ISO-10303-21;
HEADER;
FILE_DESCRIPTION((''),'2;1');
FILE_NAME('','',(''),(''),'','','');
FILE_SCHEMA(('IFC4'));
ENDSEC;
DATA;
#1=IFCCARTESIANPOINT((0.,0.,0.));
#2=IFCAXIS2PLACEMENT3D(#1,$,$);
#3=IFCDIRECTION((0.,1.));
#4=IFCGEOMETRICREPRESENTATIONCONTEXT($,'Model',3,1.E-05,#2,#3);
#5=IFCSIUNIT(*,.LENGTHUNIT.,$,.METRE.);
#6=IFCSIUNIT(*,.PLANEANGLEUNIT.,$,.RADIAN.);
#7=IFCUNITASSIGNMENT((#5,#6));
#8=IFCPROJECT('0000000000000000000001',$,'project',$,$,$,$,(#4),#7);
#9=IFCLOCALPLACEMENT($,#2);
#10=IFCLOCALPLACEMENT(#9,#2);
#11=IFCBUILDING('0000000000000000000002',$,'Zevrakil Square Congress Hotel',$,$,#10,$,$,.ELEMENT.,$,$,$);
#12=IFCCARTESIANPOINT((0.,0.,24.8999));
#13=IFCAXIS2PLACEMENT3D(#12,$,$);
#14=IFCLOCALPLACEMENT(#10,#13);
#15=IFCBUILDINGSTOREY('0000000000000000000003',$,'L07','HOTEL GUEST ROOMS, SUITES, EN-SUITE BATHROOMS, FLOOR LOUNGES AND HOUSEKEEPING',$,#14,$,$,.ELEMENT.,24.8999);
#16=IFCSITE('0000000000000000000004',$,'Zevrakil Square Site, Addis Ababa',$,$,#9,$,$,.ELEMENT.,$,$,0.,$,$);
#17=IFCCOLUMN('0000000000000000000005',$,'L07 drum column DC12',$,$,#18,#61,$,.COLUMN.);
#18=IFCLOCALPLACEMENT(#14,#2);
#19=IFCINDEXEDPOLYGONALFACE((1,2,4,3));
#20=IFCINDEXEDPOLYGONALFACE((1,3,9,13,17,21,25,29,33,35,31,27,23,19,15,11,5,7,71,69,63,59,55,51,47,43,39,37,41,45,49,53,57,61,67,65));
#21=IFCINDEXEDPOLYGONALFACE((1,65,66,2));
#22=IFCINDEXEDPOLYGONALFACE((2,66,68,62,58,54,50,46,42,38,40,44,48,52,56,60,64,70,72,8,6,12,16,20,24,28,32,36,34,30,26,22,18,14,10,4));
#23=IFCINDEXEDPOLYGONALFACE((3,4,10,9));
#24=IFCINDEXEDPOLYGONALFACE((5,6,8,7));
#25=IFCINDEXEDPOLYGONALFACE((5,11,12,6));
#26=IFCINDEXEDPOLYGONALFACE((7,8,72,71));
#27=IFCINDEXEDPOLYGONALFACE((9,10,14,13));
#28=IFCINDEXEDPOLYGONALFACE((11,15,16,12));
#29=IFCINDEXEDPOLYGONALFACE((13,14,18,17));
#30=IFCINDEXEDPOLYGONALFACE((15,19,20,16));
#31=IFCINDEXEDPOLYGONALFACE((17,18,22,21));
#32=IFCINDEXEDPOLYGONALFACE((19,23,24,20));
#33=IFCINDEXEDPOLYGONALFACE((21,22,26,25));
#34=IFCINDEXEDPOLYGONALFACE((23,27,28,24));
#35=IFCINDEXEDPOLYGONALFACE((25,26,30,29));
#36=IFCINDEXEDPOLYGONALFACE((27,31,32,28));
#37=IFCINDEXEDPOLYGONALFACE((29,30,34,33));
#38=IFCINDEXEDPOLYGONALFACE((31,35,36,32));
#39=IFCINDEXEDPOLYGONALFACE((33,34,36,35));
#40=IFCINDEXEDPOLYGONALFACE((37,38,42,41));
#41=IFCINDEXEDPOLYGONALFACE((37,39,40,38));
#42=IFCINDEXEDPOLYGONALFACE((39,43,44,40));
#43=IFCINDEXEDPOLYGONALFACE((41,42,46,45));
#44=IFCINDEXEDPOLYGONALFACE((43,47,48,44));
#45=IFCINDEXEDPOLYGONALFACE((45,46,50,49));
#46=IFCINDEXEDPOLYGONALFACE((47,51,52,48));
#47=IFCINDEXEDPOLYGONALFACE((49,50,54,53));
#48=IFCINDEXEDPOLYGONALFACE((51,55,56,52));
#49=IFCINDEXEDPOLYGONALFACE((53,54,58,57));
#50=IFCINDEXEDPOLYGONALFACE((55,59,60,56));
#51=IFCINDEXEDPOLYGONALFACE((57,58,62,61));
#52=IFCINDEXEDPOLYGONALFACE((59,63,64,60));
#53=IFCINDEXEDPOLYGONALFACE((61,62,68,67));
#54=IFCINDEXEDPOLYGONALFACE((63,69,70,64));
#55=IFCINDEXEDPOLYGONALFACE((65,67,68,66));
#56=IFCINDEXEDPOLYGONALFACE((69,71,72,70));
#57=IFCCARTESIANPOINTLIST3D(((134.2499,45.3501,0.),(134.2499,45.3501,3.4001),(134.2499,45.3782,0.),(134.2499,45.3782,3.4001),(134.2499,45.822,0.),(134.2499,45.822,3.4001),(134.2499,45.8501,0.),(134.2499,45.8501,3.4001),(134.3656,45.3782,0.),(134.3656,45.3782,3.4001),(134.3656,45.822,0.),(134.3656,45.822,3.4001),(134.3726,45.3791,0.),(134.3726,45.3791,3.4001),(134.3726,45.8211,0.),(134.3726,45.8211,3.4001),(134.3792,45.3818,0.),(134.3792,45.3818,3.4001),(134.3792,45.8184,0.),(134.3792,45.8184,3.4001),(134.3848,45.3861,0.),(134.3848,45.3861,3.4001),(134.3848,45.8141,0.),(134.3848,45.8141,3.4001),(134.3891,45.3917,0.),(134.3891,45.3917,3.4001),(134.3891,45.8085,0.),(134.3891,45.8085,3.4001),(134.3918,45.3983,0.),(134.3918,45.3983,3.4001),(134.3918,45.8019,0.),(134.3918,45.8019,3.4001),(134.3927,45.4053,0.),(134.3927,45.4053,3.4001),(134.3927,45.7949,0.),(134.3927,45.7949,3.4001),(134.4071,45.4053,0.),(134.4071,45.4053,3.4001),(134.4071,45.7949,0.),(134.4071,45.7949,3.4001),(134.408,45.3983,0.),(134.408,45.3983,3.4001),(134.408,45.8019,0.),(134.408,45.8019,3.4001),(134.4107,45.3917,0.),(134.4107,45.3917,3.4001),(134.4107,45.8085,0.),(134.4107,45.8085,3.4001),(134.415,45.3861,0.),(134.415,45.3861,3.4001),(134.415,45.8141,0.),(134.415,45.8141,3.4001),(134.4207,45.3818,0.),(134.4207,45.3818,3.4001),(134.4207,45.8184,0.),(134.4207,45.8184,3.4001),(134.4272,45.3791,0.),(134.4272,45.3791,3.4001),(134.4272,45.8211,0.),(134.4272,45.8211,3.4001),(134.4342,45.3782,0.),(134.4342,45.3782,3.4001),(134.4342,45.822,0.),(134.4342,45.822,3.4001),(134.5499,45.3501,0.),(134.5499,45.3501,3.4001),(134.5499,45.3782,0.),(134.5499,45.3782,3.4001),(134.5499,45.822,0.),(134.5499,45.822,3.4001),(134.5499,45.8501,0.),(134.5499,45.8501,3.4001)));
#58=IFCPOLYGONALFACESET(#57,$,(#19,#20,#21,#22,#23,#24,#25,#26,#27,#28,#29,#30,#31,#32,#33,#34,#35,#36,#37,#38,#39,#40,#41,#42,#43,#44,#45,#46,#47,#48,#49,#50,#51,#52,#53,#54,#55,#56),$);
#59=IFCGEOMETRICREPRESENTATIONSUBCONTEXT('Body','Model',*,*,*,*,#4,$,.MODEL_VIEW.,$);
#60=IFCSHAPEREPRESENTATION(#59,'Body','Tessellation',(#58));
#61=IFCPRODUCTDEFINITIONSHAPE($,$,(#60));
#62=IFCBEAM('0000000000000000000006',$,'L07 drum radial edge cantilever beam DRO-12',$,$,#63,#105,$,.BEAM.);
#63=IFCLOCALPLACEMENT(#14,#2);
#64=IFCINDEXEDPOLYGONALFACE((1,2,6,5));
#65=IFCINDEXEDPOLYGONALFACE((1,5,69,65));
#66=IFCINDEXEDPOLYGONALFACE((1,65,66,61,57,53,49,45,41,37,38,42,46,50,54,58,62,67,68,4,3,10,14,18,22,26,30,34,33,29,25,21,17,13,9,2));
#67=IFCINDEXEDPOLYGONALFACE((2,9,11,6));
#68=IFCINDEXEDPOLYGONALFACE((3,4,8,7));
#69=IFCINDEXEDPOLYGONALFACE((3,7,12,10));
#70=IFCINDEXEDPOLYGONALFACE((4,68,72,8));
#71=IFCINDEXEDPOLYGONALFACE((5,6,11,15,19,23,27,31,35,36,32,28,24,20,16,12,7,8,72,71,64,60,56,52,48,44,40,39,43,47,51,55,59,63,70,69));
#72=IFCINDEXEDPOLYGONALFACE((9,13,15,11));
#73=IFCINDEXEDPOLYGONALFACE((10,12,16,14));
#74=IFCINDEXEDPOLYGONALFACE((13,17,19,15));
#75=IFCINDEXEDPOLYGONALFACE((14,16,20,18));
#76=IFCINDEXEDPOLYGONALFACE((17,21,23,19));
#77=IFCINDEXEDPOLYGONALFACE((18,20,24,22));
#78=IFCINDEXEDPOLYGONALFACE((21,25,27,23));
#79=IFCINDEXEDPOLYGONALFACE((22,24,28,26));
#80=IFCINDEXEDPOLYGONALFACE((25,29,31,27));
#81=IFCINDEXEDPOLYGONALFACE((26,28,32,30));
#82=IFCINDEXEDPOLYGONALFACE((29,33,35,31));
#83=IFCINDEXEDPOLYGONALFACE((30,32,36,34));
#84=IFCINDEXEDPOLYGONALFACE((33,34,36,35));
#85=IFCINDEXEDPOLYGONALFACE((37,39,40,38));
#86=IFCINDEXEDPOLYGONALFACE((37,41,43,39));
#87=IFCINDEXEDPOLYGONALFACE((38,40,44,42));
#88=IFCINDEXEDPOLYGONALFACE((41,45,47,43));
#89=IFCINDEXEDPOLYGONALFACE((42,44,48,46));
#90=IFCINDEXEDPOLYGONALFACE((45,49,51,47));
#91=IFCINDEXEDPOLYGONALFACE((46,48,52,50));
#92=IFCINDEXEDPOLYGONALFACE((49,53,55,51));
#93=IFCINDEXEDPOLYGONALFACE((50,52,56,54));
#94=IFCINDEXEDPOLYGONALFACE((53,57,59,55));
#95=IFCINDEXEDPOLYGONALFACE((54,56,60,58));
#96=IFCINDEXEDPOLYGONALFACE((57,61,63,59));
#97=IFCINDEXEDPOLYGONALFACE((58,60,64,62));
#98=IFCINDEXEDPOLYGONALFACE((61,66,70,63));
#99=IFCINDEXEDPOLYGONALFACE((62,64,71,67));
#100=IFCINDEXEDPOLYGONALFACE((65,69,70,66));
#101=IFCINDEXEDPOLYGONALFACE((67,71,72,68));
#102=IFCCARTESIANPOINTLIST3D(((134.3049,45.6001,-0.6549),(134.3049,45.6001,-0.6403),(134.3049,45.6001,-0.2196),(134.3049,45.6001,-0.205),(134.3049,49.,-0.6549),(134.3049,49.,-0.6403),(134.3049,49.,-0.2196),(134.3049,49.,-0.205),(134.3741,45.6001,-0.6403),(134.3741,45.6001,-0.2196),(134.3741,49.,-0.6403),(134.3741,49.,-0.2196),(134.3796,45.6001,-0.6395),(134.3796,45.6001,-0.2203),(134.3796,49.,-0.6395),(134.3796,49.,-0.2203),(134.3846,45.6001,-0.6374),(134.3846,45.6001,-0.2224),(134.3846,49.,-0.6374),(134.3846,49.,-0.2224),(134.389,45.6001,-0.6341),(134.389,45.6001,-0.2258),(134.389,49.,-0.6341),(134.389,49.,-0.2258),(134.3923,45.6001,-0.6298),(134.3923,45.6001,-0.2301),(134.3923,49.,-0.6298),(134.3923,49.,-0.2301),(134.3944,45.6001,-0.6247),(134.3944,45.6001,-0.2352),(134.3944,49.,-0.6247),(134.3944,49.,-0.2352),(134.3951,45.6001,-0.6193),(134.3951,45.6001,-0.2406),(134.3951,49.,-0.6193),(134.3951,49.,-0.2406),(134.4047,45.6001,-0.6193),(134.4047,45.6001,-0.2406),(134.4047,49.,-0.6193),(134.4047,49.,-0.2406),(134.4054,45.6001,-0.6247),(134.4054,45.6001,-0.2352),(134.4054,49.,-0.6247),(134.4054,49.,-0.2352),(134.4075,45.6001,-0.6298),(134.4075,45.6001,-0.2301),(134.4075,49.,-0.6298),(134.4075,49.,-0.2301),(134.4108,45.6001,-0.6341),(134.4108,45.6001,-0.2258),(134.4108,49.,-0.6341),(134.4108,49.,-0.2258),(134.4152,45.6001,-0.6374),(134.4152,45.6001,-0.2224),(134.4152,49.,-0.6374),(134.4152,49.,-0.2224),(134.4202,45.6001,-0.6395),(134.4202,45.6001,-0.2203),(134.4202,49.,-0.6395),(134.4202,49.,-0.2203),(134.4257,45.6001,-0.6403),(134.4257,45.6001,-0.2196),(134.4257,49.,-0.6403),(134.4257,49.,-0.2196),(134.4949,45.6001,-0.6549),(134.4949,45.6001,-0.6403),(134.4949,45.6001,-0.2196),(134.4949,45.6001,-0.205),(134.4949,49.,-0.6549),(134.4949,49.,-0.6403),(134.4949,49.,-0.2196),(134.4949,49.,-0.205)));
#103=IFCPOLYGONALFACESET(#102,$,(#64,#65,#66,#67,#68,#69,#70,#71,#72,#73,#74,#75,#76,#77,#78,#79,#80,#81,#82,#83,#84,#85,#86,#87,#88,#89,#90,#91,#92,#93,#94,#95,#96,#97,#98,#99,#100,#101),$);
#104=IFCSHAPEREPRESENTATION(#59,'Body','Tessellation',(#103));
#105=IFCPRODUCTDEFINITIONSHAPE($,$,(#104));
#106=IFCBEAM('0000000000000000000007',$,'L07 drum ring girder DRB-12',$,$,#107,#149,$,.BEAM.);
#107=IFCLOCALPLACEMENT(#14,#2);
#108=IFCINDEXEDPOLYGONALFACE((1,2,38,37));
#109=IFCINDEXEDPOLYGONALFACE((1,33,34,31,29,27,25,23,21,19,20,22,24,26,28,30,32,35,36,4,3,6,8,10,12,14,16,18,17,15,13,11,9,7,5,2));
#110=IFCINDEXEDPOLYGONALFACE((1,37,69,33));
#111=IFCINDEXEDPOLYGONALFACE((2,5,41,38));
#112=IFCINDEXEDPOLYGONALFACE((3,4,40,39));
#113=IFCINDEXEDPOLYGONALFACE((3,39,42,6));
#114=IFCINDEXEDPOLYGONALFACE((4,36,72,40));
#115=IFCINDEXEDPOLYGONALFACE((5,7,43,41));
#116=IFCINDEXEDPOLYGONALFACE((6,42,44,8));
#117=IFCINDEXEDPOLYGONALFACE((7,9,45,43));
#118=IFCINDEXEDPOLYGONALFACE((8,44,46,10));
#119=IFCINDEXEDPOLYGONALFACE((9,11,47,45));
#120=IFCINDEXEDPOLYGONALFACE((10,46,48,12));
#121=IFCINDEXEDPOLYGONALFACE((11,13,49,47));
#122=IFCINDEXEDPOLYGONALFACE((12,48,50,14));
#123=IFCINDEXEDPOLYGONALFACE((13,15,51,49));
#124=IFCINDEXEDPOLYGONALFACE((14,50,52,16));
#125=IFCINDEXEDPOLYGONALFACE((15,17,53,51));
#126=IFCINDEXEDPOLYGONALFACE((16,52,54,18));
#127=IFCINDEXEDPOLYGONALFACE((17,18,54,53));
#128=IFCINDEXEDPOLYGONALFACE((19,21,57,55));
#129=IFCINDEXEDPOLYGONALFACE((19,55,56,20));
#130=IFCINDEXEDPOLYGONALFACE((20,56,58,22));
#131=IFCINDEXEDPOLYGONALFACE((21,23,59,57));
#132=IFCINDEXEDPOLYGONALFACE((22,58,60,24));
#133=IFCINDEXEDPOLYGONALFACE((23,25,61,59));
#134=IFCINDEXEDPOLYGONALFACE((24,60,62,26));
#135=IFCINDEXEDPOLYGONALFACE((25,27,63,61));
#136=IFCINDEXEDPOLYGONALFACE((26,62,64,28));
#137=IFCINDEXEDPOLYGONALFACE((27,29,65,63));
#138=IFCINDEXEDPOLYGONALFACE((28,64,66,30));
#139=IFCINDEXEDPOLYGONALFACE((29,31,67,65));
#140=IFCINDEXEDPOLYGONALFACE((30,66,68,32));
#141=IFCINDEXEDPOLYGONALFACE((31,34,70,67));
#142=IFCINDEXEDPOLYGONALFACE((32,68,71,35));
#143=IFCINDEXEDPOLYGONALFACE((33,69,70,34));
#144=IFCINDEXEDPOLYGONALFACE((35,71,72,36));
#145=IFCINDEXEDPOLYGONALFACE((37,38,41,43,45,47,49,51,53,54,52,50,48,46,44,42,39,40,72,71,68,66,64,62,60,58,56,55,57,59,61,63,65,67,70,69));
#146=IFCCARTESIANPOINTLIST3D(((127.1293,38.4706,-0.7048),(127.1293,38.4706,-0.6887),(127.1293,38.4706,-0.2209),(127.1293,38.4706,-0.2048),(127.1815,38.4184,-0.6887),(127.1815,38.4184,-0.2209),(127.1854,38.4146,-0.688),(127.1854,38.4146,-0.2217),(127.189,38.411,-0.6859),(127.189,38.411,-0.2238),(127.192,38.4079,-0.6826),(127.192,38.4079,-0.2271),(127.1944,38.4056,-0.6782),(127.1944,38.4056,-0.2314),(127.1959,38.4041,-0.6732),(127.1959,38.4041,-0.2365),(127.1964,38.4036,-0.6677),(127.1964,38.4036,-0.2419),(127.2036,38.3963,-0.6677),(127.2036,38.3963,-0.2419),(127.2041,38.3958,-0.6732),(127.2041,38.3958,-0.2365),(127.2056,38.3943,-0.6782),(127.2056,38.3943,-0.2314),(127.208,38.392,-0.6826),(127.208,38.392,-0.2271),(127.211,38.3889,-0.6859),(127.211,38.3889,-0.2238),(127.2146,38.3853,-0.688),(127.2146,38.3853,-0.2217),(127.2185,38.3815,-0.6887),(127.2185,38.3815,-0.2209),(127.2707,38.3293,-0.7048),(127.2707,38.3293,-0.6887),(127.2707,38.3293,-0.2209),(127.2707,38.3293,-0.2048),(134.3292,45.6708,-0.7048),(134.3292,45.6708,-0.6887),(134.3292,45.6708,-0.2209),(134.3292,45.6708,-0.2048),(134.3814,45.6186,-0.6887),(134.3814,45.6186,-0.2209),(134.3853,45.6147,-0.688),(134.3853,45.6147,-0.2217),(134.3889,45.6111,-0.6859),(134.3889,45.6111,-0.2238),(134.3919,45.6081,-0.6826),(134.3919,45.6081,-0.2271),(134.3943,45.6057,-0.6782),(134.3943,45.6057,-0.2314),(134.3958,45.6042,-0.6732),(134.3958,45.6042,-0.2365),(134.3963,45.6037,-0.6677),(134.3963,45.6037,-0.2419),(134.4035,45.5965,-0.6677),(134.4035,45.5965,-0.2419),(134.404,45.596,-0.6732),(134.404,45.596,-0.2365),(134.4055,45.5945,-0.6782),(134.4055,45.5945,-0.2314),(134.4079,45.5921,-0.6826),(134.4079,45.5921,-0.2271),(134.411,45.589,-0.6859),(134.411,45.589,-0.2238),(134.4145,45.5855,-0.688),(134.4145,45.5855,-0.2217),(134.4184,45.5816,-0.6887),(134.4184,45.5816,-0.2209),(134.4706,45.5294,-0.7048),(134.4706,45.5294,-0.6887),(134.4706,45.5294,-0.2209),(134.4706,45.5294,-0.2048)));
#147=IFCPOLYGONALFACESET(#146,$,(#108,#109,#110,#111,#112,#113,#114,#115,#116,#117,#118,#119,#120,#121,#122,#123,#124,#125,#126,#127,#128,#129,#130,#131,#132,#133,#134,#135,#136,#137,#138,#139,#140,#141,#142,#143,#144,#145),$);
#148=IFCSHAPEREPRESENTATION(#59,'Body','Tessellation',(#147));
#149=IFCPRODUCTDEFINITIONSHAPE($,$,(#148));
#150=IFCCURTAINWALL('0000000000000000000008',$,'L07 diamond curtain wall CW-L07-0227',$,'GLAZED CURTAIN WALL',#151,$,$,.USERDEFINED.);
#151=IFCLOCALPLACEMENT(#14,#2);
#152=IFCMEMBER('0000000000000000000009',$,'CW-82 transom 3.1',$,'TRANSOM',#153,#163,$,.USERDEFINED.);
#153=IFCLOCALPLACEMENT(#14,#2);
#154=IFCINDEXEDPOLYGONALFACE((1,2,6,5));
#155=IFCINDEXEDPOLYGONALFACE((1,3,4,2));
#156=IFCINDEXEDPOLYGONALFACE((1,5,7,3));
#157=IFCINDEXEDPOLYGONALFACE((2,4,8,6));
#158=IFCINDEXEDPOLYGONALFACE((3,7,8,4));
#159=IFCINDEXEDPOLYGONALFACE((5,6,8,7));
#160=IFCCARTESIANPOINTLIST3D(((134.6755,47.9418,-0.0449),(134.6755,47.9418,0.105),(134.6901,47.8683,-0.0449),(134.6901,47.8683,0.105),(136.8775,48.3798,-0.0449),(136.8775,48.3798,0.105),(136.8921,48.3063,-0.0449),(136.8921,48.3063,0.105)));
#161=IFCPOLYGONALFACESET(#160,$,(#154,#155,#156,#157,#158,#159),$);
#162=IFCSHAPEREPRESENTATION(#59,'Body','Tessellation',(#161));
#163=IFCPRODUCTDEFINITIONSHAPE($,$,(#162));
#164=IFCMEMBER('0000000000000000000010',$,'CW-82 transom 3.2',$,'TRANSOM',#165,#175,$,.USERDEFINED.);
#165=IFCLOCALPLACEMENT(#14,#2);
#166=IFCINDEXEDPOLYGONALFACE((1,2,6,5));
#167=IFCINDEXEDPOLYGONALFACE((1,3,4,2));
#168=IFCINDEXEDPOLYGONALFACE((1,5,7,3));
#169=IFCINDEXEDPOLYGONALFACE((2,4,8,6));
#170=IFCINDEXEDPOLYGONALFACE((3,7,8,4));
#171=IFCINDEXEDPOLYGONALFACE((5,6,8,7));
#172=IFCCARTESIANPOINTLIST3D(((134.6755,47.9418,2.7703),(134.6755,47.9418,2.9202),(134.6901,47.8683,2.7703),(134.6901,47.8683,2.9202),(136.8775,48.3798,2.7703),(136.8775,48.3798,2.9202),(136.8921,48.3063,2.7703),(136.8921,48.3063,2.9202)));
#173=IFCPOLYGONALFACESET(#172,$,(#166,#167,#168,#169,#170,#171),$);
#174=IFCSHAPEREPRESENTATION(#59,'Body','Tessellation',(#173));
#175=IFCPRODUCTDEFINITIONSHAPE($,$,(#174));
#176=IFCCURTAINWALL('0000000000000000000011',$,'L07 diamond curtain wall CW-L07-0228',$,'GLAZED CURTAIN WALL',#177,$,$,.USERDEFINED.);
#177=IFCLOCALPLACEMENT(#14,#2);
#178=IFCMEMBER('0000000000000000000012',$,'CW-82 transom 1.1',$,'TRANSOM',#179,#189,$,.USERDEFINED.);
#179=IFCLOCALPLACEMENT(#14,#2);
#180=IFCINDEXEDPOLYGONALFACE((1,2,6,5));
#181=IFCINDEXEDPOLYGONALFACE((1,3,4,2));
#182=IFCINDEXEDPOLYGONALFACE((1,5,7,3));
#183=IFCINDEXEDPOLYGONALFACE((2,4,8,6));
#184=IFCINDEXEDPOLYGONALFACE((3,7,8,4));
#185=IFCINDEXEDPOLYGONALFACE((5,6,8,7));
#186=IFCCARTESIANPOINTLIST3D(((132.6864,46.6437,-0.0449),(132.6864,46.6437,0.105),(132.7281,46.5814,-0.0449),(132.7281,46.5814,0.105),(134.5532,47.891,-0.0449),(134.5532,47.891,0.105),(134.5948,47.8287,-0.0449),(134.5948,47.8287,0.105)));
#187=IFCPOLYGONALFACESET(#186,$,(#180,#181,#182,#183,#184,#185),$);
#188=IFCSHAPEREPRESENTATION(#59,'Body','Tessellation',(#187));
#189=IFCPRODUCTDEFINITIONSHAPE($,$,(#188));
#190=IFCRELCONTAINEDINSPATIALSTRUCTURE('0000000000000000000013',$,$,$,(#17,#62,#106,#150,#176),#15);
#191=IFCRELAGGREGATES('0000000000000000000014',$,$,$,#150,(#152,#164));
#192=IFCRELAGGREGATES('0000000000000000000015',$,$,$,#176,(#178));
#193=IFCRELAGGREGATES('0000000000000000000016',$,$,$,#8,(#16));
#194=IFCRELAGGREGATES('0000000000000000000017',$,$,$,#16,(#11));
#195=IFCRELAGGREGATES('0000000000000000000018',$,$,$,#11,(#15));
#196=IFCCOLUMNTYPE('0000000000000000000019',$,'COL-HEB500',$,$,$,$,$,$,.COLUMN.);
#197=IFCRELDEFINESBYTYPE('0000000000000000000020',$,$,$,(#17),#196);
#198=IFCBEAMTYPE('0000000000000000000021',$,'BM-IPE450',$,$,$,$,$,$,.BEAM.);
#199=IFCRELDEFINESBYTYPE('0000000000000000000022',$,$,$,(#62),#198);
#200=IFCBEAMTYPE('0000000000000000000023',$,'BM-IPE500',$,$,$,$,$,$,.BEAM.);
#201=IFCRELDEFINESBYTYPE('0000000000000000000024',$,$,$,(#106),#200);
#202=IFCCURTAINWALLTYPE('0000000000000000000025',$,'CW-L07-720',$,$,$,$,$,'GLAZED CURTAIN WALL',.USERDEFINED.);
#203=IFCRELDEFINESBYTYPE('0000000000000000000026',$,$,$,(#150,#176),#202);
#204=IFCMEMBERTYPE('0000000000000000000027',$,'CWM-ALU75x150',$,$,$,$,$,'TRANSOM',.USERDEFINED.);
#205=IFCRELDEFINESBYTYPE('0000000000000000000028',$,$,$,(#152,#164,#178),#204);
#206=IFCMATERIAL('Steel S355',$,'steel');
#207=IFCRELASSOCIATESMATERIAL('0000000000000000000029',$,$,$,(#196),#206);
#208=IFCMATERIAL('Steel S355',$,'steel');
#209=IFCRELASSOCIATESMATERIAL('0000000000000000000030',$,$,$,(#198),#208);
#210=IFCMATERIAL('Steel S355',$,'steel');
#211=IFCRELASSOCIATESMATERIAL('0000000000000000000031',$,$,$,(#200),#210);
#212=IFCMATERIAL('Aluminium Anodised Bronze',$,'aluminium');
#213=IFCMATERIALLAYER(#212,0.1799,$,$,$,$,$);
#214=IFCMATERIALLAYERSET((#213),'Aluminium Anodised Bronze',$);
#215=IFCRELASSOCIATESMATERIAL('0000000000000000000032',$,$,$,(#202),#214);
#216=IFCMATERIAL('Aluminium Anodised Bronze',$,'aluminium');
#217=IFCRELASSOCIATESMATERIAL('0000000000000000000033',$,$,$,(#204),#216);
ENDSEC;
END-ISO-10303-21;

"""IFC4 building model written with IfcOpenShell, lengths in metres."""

from ifc_helpers import new_model, si_unit, direction, frame, origin, origin_2d, place, context, subcontext, project, spatial, rectangle, i_section, extrude, material, layer, layer_set, material_profile, profile_set, type_object, element, aggregate, save


model = new_model("IFC4")

# Units and contexts
model_context = context("Model", 3, precision=1e-05, world=origin(), true_north=direction((0.0, 1.0)))
body_context = subcontext(model_context, "Body", "Model", "MODEL_VIEW")
ifc_project = project(units=[si_unit("LENGTHUNIT", "METRE"), si_unit("PLANEANGLEUNIT", "RADIAN")], contexts=[model_context])

# Site, building, storey
site_placement = place(None, origin())
site = spatial("IfcSite", under=ifc_project, at=site_placement, Name="Zevrakil Square Site, Addis Ababa", CompositionType="ELEMENT", RefElevation=0.0)
building_placement = place(site_placement, origin())
building = spatial("IfcBuilding", under=site, at=building_placement, Name="Zevrakil Square Congress Hotel", CompositionType="ELEMENT")
storey_placement = place(building_placement, frame((0.0, 0.0, 24.8999)))
storey = spatial("IfcBuildingStorey", under=building, at=storey_placement, Name="L07", Description="HOTEL GUEST ROOMS, SUITES, EN-SUITE BATHROOMS, FLOOR LOUNGES AND HOUSEKEEPING", CompositionType="ELEMENT", Elevation=24.8999)

# Column
ifc_material_1 = material(Name="Steel S355", Category="steel")
ifc_material_profile_1 = material_profile(ifc_material_1, i_section(OverallWidth=0.3, OverallDepth=0.5, WebThickness=0.0144, FlangeThickness=0.0281, FilletRadius=0.0271, at=origin_2d()), Name="HEB 500")
ifc_profile_set_1 = profile_set([ifc_material_profile_1], Name="Steel S355")
column_type = type_object("IfcColumnType", Name="COL-HEB500", PredefinedType="COLUMN", material=ifc_profile_set_1)
column_placement = place(storey_placement, frame((134.3999, 45.6001, 0.0), z_axis=(0.0, 0.0, 1.0), x_axis=(1.0, 0.0, 0.0)))
element("IfcColumn", 1, at=column_placement, inside=storey, type_object=column_type, Name="L07 drum column DC12", PredefinedType="COLUMN", context=body_context, shape_type="SweptSolid", body=[
    extrude(i_section(OverallWidth=0.3, OverallDepth=0.5, WebThickness=0.0144, FlangeThickness=0.0281, FilletRadius=0.0271, at=origin_2d()), origin(), (0.0, 0.0, 1.0), 3.4001),
])

# Beams
ifc_material_2 = material(Name="Steel S355", Category="steel")
ifc_material_profile_2 = material_profile(ifc_material_2, i_section(OverallWidth=0.1899, OverallDepth=0.45, WebThickness=0.0095, FlangeThickness=0.0146, FilletRadius=0.021, at=origin_2d()), Name="IPE 450")
ifc_profile_set_2 = profile_set([ifc_material_profile_2], Name="Steel S355")
beam_type_1 = type_object("IfcBeamType", Name="BM-IPE450", PredefinedType="BEAM", material=ifc_profile_set_2)
beam_1_placement = place(storey_placement, frame((134.3999, 45.6001, -0.4299), z_axis=(0.0, 1.0, 0.0), x_axis=(-1.0, 0.0, 0.0)))
element("IfcBeam", 2, at=beam_1_placement, inside=storey, type_object=beam_type_1, Name="L07 drum radial edge cantilever beam DRO-12", PredefinedType="BEAM", context=body_context, shape_type="SweptSolid", body=[
    extrude(i_section(OverallWidth=0.1899, OverallDepth=0.45, WebThickness=0.0095, FlangeThickness=0.0146, FilletRadius=0.021, at=origin_2d()), origin(), (0.0, 0.0, 1.0), 3.3999),
])
ifc_material_3 = material(Name="Steel S355", Category="steel")
ifc_material_profile_3 = material_profile(ifc_material_3, i_section(OverallWidth=0.2, OverallDepth=0.5, WebThickness=0.0103, FlangeThickness=0.0161, FilletRadius=0.021, at=origin_2d()), Name="IPE 500")
ifc_profile_set_3 = profile_set([ifc_material_profile_3], Name="Steel S355")
beam_type_2 = type_object("IfcBeamType", Name="BM-IPE500", PredefinedType="BEAM", material=ifc_profile_set_3)
beam_2_placement = place(storey_placement, frame((134.3999, 45.6001, -0.4548), z_axis=(-0.707095, -0.707119, 0.0), x_axis=(0.707119, -0.707095, 0.0)))
element("IfcBeam", 3, at=beam_2_placement, inside=storey, type_object=beam_type_2, Name="L07 drum ring girder DRB-12", PredefinedType="BEAM", context=body_context, shape_type="SweptSolid", body=[
    extrude(i_section(OverallWidth=0.2, OverallDepth=0.5, WebThickness=0.0103, FlangeThickness=0.0161, FilletRadius=0.021, at=origin_2d()), origin(), (0.0, 0.0, 1.0), 10.1824),
])

# Curtain walls, members
ifc_material_4 = material(Name="Aluminium Anodised Bronze", Category="aluminium")
ifc_layer_1 = layer(ifc_material_4, 0.1799)
ifc_layer_set_1 = layer_set([ifc_layer_1], Name="Aluminium Anodised Bronze")
curtain_wall_type = type_object("IfcCurtainWallType", Name="CW-L07-720", ElementType="GLAZED CURTAIN WALL", PredefinedType="USERDEFINED", material=ifc_layer_set_1)
curtain_wall_1_placement = place(storey_placement, origin())
curtain_wall_1 = element("IfcCurtainWall", 4, at=curtain_wall_1_placement, inside=storey, type_object=curtain_wall_type, Name="L07 diamond curtain wall CW-L07-0227", ObjectType="GLAZED CURTAIN WALL", PredefinedType="USERDEFINED")
ifc_material_5 = material(Name="Aluminium Anodised Bronze", Category="aluminium")
ifc_material_profile_4 = material_profile(ifc_material_5, rectangle(XDim=0.075, YDim=0.1499, at=origin_2d()), Name="ALU 75x150")
ifc_profile_set_4 = profile_set([ifc_material_profile_4], Name="Aluminium Anodised Bronze")
member_type_1 = type_object("IfcMemberType", Name="CWM-ALU75x150", ElementType="TRANSOM", PredefinedType="USERDEFINED", material=ifc_profile_set_4)
member_1_placement = place(storey_placement, frame((136.8848, 48.343, 0.03), z_axis=(-0.980785, -0.195091, 0.0), x_axis=(0.195091, -0.980785, 0.0)))
member_1 = element("IfcMember", 5, at=member_1_placement, type_object=member_type_1, Name="CW-82 transom 3.1", ObjectType="TRANSOM", PredefinedType="USERDEFINED", context=body_context, shape_type="SweptSolid", body=[
    extrude(rectangle(XDim=0.075, YDim=0.1499, at=origin_2d()), origin(), (0.0, 0.0, 1.0), 2.2451),
])
member_2_placement = place(storey_placement, frame((136.8848, 48.343, 2.8452), z_axis=(-0.980785, -0.195091, 0.0), x_axis=(0.195091, -0.980785, 0.0)))
member_2 = element("IfcMember", 6, at=member_2_placement, type_object=member_type_1, Name="CW-82 transom 3.2", ObjectType="TRANSOM", PredefinedType="USERDEFINED", context=body_context, shape_type="SweptSolid", body=[
    extrude(rectangle(XDim=0.075, YDim=0.1499, at=origin_2d()), origin(), (0.0, 0.0, 1.0), 2.2451),
])
curtain_wall_2_placement = place(storey_placement, origin())
curtain_wall_2 = element("IfcCurtainWall", 7, at=curtain_wall_2_placement, inside=storey, type_object=curtain_wall_type, Name="L07 diamond curtain wall CW-L07-0228", ObjectType="GLAZED CURTAIN WALL", PredefinedType="USERDEFINED")
member_3_placement = place(storey_placement, frame((134.574, 47.8599, 0.03), z_axis=(-0.831464, -0.555578, 0.0), x_axis=(0.555578, -0.831464, 0.0)))
member_3 = element("IfcMember", 8, at=member_3_placement, type_object=member_type_1, Name="CW-82 transom 1.1", ObjectType="TRANSOM", PredefinedType="USERDEFINED", context=body_context, shape_type="SweptSolid", body=[
    extrude(rectangle(XDim=0.075, YDim=0.1499, at=origin_2d()), origin(), (0.0, 0.0, 1.0), 2.2451),
])

aggregate(curtain_wall_1, [member_1, member_2])
aggregate(curtain_wall_2, [member_3])

save(model, "model.ifc")
